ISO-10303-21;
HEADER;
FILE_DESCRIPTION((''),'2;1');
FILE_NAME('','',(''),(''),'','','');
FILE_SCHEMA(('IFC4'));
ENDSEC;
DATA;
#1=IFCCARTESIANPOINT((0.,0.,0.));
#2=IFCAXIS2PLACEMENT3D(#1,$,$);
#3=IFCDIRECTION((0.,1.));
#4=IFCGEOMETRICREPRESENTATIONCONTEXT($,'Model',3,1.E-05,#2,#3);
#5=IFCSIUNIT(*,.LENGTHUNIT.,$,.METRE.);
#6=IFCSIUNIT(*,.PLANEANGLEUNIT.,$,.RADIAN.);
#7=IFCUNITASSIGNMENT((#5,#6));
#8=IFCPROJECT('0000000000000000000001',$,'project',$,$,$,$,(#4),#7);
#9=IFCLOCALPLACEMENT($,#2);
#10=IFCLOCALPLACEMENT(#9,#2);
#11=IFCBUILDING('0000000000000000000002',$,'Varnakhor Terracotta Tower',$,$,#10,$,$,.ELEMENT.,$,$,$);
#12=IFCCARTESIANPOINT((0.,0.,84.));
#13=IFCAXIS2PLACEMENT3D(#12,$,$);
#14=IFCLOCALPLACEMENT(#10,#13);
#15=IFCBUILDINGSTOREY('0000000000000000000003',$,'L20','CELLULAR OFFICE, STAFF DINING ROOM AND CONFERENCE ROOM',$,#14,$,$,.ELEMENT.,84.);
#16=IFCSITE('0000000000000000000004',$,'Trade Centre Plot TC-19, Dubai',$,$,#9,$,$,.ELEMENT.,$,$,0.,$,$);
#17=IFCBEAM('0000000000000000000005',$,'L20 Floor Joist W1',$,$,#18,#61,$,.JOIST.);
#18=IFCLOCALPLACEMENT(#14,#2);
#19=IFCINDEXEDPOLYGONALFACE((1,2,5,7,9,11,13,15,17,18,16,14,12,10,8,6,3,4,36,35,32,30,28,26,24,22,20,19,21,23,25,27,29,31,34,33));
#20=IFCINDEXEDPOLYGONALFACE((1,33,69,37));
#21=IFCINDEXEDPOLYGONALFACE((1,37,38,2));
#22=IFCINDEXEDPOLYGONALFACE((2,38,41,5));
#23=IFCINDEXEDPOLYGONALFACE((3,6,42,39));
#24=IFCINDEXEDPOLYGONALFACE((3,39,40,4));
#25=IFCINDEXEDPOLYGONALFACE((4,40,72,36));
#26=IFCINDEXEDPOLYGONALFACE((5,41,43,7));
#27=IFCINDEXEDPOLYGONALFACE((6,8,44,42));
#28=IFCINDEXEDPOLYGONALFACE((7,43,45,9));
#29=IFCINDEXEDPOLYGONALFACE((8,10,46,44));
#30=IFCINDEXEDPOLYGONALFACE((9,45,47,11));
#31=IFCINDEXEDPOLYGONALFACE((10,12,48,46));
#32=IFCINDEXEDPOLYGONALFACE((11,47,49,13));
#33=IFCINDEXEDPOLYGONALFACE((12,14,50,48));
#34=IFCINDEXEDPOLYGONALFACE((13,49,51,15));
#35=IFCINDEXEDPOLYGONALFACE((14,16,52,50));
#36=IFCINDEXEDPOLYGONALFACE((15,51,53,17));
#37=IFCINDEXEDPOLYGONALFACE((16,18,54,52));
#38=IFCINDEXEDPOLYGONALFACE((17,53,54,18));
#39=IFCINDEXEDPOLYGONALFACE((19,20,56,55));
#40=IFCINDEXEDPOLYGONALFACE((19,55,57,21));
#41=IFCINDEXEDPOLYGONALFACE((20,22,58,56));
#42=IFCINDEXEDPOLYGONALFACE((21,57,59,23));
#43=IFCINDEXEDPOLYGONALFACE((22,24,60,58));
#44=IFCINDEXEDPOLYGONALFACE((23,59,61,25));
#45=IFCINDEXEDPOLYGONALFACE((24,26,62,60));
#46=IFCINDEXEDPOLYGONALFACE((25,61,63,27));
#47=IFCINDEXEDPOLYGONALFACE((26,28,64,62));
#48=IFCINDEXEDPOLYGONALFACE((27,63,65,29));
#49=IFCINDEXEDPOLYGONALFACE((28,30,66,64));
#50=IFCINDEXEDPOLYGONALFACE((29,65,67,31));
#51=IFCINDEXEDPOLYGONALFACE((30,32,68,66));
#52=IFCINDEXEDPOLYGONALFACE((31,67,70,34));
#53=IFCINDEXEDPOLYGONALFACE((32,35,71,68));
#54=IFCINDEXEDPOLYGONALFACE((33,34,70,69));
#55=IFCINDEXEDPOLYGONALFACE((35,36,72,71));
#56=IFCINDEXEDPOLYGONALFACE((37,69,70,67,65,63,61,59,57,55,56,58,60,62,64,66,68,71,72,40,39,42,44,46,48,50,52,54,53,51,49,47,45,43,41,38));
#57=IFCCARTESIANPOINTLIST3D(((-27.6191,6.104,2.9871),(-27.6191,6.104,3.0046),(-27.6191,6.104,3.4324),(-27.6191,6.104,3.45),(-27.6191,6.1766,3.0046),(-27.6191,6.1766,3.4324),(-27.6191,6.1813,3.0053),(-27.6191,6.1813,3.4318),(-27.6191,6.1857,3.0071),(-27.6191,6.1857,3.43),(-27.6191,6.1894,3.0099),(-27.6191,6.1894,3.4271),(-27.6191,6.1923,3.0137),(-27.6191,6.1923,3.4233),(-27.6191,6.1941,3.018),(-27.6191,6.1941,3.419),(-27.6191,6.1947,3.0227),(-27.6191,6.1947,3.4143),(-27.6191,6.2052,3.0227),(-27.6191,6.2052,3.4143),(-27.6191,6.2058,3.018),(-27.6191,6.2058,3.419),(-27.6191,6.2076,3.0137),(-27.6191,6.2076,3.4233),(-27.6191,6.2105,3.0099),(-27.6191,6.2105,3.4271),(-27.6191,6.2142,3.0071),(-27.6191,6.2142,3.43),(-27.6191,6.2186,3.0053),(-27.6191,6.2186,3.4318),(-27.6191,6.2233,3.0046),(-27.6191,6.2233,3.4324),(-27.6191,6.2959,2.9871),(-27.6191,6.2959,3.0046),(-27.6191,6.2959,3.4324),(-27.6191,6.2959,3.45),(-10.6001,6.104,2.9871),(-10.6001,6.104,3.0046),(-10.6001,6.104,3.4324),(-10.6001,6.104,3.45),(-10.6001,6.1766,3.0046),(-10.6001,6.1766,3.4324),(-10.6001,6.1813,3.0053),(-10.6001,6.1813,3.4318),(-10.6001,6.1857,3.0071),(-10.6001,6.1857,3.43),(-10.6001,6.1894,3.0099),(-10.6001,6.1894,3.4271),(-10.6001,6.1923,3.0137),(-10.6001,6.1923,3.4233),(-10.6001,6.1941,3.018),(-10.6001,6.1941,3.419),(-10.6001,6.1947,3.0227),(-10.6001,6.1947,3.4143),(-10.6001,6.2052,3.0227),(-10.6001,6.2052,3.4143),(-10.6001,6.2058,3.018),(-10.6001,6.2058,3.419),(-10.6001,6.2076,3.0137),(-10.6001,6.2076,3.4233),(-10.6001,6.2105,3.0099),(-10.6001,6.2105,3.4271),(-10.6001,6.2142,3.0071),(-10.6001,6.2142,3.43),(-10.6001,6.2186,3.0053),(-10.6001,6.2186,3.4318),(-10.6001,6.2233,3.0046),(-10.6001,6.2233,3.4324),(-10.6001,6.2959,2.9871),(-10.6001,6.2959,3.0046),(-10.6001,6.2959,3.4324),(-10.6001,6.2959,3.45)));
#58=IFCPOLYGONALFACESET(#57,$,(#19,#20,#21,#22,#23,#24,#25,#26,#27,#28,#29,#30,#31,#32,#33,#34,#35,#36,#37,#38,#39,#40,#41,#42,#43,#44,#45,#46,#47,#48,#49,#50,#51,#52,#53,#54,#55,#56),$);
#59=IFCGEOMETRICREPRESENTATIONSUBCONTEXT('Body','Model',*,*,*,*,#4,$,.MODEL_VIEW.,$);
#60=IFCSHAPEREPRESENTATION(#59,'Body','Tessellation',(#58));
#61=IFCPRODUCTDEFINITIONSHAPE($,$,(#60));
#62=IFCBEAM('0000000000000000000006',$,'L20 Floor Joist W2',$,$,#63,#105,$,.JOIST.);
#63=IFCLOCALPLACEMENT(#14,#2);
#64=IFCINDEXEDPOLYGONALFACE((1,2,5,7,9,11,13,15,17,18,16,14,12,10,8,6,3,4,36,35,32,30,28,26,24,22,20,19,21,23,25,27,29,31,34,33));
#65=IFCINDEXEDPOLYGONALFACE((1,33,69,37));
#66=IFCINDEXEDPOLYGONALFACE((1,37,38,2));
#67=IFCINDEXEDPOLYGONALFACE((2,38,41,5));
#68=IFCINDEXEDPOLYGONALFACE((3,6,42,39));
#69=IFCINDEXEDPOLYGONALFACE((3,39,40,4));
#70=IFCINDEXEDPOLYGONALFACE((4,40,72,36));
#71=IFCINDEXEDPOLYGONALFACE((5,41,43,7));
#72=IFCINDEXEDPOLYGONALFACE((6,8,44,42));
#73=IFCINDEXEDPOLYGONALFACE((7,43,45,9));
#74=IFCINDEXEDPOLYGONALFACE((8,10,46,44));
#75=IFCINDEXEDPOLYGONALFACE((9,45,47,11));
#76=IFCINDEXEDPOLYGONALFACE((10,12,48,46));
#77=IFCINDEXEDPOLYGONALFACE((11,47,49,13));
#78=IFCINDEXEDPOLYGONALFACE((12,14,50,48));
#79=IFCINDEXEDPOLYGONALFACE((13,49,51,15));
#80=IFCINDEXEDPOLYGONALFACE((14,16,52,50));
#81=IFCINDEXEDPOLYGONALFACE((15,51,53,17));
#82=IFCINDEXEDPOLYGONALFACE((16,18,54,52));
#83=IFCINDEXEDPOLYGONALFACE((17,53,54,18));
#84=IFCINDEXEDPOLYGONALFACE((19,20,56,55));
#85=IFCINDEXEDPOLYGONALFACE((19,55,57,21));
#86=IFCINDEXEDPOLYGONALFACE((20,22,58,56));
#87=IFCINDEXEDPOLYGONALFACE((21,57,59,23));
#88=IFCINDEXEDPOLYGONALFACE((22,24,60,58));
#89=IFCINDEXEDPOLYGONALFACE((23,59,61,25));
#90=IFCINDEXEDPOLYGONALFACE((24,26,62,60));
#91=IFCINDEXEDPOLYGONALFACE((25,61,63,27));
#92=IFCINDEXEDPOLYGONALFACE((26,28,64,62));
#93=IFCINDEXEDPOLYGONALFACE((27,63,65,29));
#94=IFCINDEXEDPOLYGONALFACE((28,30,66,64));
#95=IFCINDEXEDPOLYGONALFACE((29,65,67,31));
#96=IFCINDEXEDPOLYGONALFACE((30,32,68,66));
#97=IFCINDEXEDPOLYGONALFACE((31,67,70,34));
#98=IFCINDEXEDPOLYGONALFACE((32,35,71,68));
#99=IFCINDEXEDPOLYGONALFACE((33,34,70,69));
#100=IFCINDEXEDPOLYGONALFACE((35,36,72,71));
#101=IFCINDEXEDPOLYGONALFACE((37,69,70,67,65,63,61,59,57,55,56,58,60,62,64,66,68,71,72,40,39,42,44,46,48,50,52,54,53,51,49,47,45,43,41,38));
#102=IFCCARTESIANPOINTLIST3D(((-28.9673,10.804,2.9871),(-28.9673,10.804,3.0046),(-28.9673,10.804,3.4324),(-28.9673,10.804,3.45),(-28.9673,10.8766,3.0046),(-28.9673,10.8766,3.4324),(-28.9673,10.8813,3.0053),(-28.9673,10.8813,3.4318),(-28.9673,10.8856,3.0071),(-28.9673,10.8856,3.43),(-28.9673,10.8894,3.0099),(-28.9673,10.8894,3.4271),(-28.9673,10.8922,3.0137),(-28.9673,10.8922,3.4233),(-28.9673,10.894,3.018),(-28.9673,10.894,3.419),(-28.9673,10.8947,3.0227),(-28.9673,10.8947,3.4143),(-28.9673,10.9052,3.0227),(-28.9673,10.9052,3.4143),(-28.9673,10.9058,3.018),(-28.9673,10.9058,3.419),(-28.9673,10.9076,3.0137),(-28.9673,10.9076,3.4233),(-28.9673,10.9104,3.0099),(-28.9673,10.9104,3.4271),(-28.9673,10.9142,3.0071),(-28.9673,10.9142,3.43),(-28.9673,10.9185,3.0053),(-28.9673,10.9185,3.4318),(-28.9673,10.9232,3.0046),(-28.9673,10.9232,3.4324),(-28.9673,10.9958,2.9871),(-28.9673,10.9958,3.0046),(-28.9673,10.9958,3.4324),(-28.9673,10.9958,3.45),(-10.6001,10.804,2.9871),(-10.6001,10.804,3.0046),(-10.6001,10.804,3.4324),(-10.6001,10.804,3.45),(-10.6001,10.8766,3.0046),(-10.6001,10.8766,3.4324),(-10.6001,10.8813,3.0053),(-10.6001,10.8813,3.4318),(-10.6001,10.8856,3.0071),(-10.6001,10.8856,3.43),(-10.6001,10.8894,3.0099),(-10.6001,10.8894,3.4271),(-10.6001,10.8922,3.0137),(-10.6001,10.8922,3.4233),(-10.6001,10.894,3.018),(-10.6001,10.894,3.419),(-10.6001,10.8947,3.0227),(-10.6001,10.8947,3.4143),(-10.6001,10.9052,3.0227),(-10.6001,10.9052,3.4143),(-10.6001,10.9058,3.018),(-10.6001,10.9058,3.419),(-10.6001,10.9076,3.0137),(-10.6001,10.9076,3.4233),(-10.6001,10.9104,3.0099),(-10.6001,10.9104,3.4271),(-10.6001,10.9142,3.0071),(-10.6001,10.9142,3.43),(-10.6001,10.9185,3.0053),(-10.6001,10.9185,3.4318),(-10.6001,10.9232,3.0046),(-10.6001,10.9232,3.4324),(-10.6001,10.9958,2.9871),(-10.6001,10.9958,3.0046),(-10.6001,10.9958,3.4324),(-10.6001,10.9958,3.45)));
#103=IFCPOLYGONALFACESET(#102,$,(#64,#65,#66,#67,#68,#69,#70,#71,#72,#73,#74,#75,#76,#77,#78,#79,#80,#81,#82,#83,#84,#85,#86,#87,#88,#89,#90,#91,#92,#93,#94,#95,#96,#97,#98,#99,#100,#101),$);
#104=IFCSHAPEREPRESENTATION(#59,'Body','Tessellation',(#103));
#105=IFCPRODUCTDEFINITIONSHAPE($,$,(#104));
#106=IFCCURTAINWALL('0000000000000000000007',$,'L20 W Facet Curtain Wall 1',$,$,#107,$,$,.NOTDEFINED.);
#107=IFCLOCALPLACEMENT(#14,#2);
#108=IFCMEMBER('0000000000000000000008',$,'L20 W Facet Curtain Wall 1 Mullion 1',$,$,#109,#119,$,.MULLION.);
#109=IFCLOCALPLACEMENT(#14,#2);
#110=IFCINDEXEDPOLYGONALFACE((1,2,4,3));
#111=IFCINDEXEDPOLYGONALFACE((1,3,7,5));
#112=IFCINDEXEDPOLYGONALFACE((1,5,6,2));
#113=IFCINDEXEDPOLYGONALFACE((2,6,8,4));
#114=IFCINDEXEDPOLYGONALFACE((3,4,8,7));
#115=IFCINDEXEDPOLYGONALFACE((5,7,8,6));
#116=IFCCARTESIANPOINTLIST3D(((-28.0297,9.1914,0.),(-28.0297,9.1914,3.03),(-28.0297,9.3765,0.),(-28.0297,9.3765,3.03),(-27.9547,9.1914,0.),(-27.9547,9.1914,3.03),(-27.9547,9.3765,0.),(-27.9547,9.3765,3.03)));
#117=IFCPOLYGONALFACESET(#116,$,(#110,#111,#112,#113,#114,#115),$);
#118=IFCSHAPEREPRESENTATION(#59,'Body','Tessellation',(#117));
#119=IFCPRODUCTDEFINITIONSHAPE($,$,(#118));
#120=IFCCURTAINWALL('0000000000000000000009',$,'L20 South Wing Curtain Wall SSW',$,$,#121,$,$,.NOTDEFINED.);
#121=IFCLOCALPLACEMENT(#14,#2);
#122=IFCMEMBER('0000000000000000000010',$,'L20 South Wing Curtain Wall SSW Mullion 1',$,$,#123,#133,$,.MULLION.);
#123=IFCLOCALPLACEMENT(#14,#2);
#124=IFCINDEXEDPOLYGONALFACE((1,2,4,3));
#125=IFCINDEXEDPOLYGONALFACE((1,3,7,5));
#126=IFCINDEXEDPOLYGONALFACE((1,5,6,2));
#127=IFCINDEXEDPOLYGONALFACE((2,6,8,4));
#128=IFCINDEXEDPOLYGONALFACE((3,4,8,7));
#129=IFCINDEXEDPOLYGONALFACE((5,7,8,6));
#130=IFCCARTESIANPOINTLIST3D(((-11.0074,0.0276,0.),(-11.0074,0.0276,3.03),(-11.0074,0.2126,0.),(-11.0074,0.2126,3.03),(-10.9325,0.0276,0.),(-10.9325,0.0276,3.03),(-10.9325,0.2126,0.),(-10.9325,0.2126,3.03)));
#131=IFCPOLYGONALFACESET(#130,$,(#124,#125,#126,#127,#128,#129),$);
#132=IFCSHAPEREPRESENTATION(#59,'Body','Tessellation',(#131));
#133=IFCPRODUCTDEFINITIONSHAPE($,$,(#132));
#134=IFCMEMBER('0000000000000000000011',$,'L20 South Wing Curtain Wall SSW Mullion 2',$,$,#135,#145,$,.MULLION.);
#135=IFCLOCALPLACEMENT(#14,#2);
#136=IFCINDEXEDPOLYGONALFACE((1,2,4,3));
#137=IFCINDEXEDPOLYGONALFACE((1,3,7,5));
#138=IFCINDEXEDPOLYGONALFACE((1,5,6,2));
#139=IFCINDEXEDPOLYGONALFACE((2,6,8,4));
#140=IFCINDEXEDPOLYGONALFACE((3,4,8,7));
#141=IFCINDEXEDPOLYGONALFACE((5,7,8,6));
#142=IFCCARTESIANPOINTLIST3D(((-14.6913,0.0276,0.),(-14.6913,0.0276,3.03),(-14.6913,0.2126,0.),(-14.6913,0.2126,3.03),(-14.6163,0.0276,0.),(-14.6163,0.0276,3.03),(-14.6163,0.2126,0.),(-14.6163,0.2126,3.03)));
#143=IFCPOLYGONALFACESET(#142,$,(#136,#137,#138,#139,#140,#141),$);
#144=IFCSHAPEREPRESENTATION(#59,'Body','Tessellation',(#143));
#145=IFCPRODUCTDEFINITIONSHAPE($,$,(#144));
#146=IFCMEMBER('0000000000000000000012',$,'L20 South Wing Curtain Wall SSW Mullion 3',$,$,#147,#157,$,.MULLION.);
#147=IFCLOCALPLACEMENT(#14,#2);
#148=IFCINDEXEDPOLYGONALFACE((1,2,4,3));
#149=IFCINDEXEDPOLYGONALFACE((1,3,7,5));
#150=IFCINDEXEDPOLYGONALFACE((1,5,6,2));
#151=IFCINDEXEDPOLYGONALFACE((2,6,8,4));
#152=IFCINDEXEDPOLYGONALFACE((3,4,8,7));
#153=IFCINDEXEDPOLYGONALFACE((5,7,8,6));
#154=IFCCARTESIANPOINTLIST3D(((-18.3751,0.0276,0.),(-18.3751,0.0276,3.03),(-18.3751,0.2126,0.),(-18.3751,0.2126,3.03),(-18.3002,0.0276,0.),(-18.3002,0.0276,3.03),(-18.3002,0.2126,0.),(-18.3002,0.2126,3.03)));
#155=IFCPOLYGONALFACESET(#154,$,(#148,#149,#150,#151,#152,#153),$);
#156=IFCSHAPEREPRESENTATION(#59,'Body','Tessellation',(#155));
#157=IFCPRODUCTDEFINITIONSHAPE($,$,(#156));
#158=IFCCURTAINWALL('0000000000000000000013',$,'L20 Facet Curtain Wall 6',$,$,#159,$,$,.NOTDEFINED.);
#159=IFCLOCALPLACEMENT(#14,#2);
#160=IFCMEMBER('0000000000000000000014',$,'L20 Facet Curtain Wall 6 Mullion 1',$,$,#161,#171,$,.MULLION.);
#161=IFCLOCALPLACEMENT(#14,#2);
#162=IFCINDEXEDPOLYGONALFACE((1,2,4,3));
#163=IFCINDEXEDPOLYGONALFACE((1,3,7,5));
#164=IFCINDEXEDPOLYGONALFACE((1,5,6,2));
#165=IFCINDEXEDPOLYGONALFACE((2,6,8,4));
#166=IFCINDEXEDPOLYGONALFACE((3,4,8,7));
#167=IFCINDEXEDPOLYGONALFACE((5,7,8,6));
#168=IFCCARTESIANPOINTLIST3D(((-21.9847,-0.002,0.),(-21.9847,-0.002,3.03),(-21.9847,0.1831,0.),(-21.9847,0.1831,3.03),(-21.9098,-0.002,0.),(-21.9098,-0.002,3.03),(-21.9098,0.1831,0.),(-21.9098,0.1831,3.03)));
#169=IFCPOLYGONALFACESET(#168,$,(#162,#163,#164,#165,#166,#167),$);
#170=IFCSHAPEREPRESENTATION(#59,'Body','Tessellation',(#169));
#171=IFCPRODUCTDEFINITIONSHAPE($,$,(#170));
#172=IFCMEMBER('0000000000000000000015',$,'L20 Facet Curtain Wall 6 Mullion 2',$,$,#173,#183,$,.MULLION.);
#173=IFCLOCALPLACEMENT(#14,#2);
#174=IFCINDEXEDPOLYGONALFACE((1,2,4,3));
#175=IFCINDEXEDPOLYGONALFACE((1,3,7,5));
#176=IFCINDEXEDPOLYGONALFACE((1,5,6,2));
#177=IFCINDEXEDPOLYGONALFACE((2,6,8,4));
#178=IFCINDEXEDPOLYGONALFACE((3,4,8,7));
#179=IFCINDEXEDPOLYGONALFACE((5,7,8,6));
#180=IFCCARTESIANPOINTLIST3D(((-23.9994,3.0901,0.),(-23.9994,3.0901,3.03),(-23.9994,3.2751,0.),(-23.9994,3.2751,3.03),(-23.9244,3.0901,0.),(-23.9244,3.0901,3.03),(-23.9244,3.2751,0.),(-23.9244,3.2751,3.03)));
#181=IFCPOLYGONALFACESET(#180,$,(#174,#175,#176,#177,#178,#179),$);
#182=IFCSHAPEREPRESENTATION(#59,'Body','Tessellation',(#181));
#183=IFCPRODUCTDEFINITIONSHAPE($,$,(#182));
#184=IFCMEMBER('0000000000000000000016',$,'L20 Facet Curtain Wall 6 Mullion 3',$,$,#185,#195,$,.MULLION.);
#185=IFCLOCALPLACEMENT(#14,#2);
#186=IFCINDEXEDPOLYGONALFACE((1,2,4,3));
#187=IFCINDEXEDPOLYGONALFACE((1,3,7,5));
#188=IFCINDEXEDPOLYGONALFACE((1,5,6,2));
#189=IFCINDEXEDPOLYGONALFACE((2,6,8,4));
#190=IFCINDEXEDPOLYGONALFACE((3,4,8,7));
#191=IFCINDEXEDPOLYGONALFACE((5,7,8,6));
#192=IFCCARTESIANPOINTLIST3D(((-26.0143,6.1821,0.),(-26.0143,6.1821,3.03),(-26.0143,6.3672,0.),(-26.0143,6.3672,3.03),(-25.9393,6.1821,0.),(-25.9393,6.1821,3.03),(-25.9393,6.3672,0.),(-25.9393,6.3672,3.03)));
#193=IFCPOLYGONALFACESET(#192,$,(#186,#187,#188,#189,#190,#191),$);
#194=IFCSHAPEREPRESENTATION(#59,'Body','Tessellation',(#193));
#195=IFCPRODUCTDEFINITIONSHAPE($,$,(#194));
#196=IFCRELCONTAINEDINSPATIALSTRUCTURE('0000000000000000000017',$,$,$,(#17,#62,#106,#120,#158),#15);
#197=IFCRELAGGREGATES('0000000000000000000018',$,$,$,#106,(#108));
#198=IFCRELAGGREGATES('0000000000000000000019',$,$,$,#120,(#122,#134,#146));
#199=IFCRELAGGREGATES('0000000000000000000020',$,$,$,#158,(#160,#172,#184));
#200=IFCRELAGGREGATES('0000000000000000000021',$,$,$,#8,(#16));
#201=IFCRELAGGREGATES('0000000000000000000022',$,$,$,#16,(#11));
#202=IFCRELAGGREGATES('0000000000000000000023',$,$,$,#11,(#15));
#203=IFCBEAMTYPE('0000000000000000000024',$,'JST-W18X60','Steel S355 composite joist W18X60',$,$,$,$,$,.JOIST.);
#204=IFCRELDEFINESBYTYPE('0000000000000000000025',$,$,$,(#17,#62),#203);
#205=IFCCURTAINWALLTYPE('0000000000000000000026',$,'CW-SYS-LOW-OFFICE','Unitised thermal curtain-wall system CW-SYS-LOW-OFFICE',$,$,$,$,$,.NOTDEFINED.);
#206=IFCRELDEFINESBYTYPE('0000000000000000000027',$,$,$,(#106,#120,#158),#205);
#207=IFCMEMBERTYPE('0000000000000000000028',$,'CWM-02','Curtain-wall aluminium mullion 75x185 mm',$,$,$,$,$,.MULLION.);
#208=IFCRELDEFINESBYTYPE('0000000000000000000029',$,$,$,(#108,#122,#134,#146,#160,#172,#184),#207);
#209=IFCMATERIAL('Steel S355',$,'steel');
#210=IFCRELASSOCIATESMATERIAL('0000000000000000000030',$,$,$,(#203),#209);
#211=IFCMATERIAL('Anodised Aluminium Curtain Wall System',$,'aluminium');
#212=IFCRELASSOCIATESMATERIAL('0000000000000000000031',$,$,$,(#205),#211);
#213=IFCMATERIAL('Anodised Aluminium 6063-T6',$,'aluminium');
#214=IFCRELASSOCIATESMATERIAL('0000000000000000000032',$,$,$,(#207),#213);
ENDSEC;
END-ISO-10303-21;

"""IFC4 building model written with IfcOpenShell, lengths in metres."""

from ifc_helpers import new_model, si_unit, direction, frame, origin, origin_2d, place, context, subcontext, project, spatial, rectangle, i_section, extrude, source, transform, mapped, material, material_profile, profile_set, type_object, type_shapes, element, aggregate, save


model = new_model("IFC4")

# Units and contexts
model_context = context("Model", 3, precision=1e-05, world=origin(), true_north=direction((0.0, 1.0)))
body_context = subcontext(model_context, "Body", "Model", "MODEL_VIEW")
ifc_project = project(units=[si_unit("LENGTHUNIT", "METRE"), si_unit("PLANEANGLEUNIT", "RADIAN")], contexts=[model_context])

# Site, building, storey
site_placement = place(None, origin())
site = spatial("IfcSite", under=ifc_project, at=site_placement, Name="Trade Centre Plot TC-19, Dubai", CompositionType="ELEMENT", RefElevation=0.0)
building_placement = place(site_placement, origin())
building = spatial("IfcBuilding", under=site, at=building_placement, Name="Varnakhor Terracotta Tower", CompositionType="ELEMENT")
storey_placement = place(building_placement, frame((0.0, 0.0, 84.0)))
storey = spatial("IfcBuildingStorey", under=building, at=storey_placement, Name="L20", Description="CELLULAR OFFICE, STAFF DINING ROOM AND CONFERENCE ROOM", CompositionType="ELEMENT", Elevation=84.0)

# Beams
ifc_material_1 = material(Name="Steel S355", Category="steel")
ifc_material_profile_1 = material_profile(ifc_material_1, i_section(OverallWidth=0.1919, OverallDepth=0.4629, WebThickness=0.0105, FlangeThickness=0.0176, FilletRadius=0.0181, at=origin_2d()), Name="W18X60")
ifc_profile_set_1 = profile_set([ifc_material_profile_1], Name="Steel S355")
beam_type_1 = type_object("IfcBeamType", Name="JST-W18X60", Description="Steel S355 composite joist W18X60", PredefinedType="JOIST", material=ifc_profile_set_1)
shared_shape_1 = source(origin(), body_context, "Body", "SweptSolid", [
    extrude(i_section(OverallWidth=0.1919, OverallDepth=0.4629, WebThickness=0.0105, FlangeThickness=0.0176, FilletRadius=0.0181, at=origin_2d()), origin(), (0.0, 0.0, 1.0), 17.019),
])
beam_1_placement = place(storey_placement, frame((-27.6191, 6.2, 3.2185), z_axis=(1.0, 0.0, 0.0), x_axis=(0.0, 1.0, 0.0)))
element("IfcBeam", 1, at=beam_1_placement, inside=storey, type_object=beam_type_1, Name="L20 Floor Joist W1", PredefinedType="JOIST", context=body_context, shape_type="MappedRepresentation", body=[
    mapped(shared_shape_1, transform((0.0, 0.0, 0.0), scale=1.0)),
])
shared_shape_2 = source(origin(), body_context, "Body", "SweptSolid", [
    extrude(i_section(OverallWidth=0.1919, OverallDepth=0.4629, WebThickness=0.0105, FlangeThickness=0.0176, FilletRadius=0.0181, at=origin_2d()), origin(), (0.0, 0.0, 1.0), 18.3672),
])
beam_2_placement = place(storey_placement, frame((-28.9673, 10.8999, 3.2185), z_axis=(1.0, 0.0, 0.0), x_axis=(0.0, 1.0, 0.0)))
element("IfcBeam", 2, at=beam_2_placement, inside=storey, type_object=beam_type_1, Name="L20 Floor Joist W2", PredefinedType="JOIST", context=body_context, shape_type="MappedRepresentation", body=[
    mapped(shared_shape_2, transform((0.0, 0.0, 0.0), scale=1.0)),
])

# Curtain wall, member
ifc_material_2 = material(Name="Anodised Aluminium Curtain Wall System", Category="aluminium")
curtain_wall_type = type_object("IfcCurtainWallType", Name="CW-SYS-LOW-OFFICE", Description="Unitised thermal curtain-wall system CW-SYS-LOW-OFFICE", PredefinedType="NOTDEFINED", material=ifc_material_2)
curtain_wall_1_placement = place(storey_placement, origin())
curtain_wall_1 = element("IfcCurtainWall", 3, at=curtain_wall_1_placement, inside=storey, type_object=curtain_wall_type, Name="L20 W Facet Curtain Wall 1", PredefinedType="NOTDEFINED")
ifc_material_3 = material(Name="Anodised Aluminium 6063-T6", Category="aluminium")
ifc_material_profile_2 = material_profile(ifc_material_3, rectangle(XDim=0.075, YDim=0.1851, at=origin_2d()), Name="ALU MULLION 75x185")
ifc_profile_set_2 = profile_set([ifc_material_profile_2], Name="Anodised Aluminium 6063-T6")
member_type_1 = type_object("IfcMemberType", Name="CWM-02", Description="Curtain-wall aluminium mullion 75x185 mm", PredefinedType="MULLION", material=ifc_profile_set_2)
shared_shape_3 = source(origin(), body_context, "Body", "SweptSolid", [
    extrude(rectangle(XDim=0.075, YDim=0.1851, at=origin_2d()), origin(), (0.0, 0.0, 1.0), 3.03),
])
type_shapes(member_type_1, [shared_shape_3])
member_1_placement = place(storey_placement, frame((-27.9922, 9.2839, 0.0), z_axis=(0.0, 0.0, 1.0), x_axis=(1.0, 0.0, 0.0)))
member_1 = element("IfcMember", 4, at=member_1_placement, type_object=member_type_1, Name="L20 W Facet Curtain Wall 1 Mullion 1", PredefinedType="MULLION", context=body_context, shape_type="MappedRepresentation", body=[
    mapped(shared_shape_3, transform((0.0, 0.0, 0.0), scale=1.0)),
])

# Curtain walls, members
curtain_wall_2_placement = place(storey_placement, origin())
curtain_wall_2 = element("IfcCurtainWall", 5, at=curtain_wall_2_placement, inside=storey, type_object=curtain_wall_type, Name="L20 South Wing Curtain Wall SSW", PredefinedType="NOTDEFINED")
member_2_placement = place(storey_placement, frame((-10.97, 0.1201, 0.0), z_axis=(0.0, 0.0, 1.0), x_axis=(1.0, 0.0, 0.0)))
member_2 = element("IfcMember", 6, at=member_2_placement, type_object=member_type_1, Name="L20 South Wing Curtain Wall SSW Mullion 1", PredefinedType="MULLION", context=body_context, shape_type="MappedRepresentation", body=[
    mapped(shared_shape_3, transform((0.0, 0.0, 0.0), scale=1.0)),
])
member_3_placement = place(storey_placement, frame((-14.6538, 0.1201, 0.0), z_axis=(0.0, 0.0, 1.0), x_axis=(1.0, 0.0, 0.0)))
member_3 = element("IfcMember", 7, at=member_3_placement, type_object=member_type_1, Name="L20 South Wing Curtain Wall SSW Mullion 2", PredefinedType="MULLION", context=body_context, shape_type="MappedRepresentation", body=[
    mapped(shared_shape_3, transform((0.0, 0.0, 0.0), scale=1.0)),
])
member_4_placement = place(storey_placement, frame((-18.3376, 0.1201, 0.0), z_axis=(0.0, 0.0, 1.0), x_axis=(1.0, 0.0, 0.0)))
member_4 = element("IfcMember", 8, at=member_4_placement, type_object=member_type_1, Name="L20 South Wing Curtain Wall SSW Mullion 3", PredefinedType="MULLION", context=body_context, shape_type="MappedRepresentation", body=[
    mapped(shared_shape_3, transform((0.0, 0.0, 0.0), scale=1.0)),
])
curtain_wall_3_placement = place(storey_placement, origin())
curtain_wall_3 = element("IfcCurtainWall", 9, at=curtain_wall_3_placement, inside=storey, type_object=curtain_wall_type, Name="L20 Facet Curtain Wall 6", PredefinedType="NOTDEFINED")
member_5_placement = place(storey_placement, frame((-21.9473, 0.0906, 0.0), z_axis=(0.0, 0.0, 1.0), x_axis=(1.0, 0.0, 0.0)))
member_5 = element("IfcMember", 10, at=member_5_placement, type_object=member_type_1, Name="L20 Facet Curtain Wall 6 Mullion 1", PredefinedType="MULLION", context=body_context, shape_type="MappedRepresentation", body=[
    mapped(shared_shape_3, transform((0.0, 0.0, 0.0), scale=1.0)),
])
member_6_placement = place(storey_placement, frame((-23.9619, 3.1826, 0.0), z_axis=(0.0, 0.0, 1.0), x_axis=(1.0, 0.0, 0.0)))
member_6 = element("IfcMember", 11, at=member_6_placement, type_object=member_type_1, Name="L20 Facet Curtain Wall 6 Mullion 2", PredefinedType="MULLION", context=body_context, shape_type="MappedRepresentation", body=[
    mapped(shared_shape_3, transform((0.0, 0.0, 0.0), scale=1.0)),
])
member_7_placement = place(storey_placement, frame((-25.9768, 6.2747, 0.0), z_axis=(0.0, 0.0, 1.0), x_axis=(1.0, 0.0, 0.0)))
member_7 = element("IfcMember", 12, at=member_7_placement, type_object=member_type_1, Name="L20 Facet Curtain Wall 6 Mullion 3", PredefinedType="MULLION", context=body_context, shape_type="MappedRepresentation", body=[
    mapped(shared_shape_3, transform((0.0, 0.0, 0.0), scale=1.0)),
])

aggregate(curtain_wall_1, [member_1])
aggregate(curtain_wall_2, [member_2, member_3, member_4])
aggregate(curtain_wall_3, [member_5, member_6, member_7])

save(model, "model.ifc")
